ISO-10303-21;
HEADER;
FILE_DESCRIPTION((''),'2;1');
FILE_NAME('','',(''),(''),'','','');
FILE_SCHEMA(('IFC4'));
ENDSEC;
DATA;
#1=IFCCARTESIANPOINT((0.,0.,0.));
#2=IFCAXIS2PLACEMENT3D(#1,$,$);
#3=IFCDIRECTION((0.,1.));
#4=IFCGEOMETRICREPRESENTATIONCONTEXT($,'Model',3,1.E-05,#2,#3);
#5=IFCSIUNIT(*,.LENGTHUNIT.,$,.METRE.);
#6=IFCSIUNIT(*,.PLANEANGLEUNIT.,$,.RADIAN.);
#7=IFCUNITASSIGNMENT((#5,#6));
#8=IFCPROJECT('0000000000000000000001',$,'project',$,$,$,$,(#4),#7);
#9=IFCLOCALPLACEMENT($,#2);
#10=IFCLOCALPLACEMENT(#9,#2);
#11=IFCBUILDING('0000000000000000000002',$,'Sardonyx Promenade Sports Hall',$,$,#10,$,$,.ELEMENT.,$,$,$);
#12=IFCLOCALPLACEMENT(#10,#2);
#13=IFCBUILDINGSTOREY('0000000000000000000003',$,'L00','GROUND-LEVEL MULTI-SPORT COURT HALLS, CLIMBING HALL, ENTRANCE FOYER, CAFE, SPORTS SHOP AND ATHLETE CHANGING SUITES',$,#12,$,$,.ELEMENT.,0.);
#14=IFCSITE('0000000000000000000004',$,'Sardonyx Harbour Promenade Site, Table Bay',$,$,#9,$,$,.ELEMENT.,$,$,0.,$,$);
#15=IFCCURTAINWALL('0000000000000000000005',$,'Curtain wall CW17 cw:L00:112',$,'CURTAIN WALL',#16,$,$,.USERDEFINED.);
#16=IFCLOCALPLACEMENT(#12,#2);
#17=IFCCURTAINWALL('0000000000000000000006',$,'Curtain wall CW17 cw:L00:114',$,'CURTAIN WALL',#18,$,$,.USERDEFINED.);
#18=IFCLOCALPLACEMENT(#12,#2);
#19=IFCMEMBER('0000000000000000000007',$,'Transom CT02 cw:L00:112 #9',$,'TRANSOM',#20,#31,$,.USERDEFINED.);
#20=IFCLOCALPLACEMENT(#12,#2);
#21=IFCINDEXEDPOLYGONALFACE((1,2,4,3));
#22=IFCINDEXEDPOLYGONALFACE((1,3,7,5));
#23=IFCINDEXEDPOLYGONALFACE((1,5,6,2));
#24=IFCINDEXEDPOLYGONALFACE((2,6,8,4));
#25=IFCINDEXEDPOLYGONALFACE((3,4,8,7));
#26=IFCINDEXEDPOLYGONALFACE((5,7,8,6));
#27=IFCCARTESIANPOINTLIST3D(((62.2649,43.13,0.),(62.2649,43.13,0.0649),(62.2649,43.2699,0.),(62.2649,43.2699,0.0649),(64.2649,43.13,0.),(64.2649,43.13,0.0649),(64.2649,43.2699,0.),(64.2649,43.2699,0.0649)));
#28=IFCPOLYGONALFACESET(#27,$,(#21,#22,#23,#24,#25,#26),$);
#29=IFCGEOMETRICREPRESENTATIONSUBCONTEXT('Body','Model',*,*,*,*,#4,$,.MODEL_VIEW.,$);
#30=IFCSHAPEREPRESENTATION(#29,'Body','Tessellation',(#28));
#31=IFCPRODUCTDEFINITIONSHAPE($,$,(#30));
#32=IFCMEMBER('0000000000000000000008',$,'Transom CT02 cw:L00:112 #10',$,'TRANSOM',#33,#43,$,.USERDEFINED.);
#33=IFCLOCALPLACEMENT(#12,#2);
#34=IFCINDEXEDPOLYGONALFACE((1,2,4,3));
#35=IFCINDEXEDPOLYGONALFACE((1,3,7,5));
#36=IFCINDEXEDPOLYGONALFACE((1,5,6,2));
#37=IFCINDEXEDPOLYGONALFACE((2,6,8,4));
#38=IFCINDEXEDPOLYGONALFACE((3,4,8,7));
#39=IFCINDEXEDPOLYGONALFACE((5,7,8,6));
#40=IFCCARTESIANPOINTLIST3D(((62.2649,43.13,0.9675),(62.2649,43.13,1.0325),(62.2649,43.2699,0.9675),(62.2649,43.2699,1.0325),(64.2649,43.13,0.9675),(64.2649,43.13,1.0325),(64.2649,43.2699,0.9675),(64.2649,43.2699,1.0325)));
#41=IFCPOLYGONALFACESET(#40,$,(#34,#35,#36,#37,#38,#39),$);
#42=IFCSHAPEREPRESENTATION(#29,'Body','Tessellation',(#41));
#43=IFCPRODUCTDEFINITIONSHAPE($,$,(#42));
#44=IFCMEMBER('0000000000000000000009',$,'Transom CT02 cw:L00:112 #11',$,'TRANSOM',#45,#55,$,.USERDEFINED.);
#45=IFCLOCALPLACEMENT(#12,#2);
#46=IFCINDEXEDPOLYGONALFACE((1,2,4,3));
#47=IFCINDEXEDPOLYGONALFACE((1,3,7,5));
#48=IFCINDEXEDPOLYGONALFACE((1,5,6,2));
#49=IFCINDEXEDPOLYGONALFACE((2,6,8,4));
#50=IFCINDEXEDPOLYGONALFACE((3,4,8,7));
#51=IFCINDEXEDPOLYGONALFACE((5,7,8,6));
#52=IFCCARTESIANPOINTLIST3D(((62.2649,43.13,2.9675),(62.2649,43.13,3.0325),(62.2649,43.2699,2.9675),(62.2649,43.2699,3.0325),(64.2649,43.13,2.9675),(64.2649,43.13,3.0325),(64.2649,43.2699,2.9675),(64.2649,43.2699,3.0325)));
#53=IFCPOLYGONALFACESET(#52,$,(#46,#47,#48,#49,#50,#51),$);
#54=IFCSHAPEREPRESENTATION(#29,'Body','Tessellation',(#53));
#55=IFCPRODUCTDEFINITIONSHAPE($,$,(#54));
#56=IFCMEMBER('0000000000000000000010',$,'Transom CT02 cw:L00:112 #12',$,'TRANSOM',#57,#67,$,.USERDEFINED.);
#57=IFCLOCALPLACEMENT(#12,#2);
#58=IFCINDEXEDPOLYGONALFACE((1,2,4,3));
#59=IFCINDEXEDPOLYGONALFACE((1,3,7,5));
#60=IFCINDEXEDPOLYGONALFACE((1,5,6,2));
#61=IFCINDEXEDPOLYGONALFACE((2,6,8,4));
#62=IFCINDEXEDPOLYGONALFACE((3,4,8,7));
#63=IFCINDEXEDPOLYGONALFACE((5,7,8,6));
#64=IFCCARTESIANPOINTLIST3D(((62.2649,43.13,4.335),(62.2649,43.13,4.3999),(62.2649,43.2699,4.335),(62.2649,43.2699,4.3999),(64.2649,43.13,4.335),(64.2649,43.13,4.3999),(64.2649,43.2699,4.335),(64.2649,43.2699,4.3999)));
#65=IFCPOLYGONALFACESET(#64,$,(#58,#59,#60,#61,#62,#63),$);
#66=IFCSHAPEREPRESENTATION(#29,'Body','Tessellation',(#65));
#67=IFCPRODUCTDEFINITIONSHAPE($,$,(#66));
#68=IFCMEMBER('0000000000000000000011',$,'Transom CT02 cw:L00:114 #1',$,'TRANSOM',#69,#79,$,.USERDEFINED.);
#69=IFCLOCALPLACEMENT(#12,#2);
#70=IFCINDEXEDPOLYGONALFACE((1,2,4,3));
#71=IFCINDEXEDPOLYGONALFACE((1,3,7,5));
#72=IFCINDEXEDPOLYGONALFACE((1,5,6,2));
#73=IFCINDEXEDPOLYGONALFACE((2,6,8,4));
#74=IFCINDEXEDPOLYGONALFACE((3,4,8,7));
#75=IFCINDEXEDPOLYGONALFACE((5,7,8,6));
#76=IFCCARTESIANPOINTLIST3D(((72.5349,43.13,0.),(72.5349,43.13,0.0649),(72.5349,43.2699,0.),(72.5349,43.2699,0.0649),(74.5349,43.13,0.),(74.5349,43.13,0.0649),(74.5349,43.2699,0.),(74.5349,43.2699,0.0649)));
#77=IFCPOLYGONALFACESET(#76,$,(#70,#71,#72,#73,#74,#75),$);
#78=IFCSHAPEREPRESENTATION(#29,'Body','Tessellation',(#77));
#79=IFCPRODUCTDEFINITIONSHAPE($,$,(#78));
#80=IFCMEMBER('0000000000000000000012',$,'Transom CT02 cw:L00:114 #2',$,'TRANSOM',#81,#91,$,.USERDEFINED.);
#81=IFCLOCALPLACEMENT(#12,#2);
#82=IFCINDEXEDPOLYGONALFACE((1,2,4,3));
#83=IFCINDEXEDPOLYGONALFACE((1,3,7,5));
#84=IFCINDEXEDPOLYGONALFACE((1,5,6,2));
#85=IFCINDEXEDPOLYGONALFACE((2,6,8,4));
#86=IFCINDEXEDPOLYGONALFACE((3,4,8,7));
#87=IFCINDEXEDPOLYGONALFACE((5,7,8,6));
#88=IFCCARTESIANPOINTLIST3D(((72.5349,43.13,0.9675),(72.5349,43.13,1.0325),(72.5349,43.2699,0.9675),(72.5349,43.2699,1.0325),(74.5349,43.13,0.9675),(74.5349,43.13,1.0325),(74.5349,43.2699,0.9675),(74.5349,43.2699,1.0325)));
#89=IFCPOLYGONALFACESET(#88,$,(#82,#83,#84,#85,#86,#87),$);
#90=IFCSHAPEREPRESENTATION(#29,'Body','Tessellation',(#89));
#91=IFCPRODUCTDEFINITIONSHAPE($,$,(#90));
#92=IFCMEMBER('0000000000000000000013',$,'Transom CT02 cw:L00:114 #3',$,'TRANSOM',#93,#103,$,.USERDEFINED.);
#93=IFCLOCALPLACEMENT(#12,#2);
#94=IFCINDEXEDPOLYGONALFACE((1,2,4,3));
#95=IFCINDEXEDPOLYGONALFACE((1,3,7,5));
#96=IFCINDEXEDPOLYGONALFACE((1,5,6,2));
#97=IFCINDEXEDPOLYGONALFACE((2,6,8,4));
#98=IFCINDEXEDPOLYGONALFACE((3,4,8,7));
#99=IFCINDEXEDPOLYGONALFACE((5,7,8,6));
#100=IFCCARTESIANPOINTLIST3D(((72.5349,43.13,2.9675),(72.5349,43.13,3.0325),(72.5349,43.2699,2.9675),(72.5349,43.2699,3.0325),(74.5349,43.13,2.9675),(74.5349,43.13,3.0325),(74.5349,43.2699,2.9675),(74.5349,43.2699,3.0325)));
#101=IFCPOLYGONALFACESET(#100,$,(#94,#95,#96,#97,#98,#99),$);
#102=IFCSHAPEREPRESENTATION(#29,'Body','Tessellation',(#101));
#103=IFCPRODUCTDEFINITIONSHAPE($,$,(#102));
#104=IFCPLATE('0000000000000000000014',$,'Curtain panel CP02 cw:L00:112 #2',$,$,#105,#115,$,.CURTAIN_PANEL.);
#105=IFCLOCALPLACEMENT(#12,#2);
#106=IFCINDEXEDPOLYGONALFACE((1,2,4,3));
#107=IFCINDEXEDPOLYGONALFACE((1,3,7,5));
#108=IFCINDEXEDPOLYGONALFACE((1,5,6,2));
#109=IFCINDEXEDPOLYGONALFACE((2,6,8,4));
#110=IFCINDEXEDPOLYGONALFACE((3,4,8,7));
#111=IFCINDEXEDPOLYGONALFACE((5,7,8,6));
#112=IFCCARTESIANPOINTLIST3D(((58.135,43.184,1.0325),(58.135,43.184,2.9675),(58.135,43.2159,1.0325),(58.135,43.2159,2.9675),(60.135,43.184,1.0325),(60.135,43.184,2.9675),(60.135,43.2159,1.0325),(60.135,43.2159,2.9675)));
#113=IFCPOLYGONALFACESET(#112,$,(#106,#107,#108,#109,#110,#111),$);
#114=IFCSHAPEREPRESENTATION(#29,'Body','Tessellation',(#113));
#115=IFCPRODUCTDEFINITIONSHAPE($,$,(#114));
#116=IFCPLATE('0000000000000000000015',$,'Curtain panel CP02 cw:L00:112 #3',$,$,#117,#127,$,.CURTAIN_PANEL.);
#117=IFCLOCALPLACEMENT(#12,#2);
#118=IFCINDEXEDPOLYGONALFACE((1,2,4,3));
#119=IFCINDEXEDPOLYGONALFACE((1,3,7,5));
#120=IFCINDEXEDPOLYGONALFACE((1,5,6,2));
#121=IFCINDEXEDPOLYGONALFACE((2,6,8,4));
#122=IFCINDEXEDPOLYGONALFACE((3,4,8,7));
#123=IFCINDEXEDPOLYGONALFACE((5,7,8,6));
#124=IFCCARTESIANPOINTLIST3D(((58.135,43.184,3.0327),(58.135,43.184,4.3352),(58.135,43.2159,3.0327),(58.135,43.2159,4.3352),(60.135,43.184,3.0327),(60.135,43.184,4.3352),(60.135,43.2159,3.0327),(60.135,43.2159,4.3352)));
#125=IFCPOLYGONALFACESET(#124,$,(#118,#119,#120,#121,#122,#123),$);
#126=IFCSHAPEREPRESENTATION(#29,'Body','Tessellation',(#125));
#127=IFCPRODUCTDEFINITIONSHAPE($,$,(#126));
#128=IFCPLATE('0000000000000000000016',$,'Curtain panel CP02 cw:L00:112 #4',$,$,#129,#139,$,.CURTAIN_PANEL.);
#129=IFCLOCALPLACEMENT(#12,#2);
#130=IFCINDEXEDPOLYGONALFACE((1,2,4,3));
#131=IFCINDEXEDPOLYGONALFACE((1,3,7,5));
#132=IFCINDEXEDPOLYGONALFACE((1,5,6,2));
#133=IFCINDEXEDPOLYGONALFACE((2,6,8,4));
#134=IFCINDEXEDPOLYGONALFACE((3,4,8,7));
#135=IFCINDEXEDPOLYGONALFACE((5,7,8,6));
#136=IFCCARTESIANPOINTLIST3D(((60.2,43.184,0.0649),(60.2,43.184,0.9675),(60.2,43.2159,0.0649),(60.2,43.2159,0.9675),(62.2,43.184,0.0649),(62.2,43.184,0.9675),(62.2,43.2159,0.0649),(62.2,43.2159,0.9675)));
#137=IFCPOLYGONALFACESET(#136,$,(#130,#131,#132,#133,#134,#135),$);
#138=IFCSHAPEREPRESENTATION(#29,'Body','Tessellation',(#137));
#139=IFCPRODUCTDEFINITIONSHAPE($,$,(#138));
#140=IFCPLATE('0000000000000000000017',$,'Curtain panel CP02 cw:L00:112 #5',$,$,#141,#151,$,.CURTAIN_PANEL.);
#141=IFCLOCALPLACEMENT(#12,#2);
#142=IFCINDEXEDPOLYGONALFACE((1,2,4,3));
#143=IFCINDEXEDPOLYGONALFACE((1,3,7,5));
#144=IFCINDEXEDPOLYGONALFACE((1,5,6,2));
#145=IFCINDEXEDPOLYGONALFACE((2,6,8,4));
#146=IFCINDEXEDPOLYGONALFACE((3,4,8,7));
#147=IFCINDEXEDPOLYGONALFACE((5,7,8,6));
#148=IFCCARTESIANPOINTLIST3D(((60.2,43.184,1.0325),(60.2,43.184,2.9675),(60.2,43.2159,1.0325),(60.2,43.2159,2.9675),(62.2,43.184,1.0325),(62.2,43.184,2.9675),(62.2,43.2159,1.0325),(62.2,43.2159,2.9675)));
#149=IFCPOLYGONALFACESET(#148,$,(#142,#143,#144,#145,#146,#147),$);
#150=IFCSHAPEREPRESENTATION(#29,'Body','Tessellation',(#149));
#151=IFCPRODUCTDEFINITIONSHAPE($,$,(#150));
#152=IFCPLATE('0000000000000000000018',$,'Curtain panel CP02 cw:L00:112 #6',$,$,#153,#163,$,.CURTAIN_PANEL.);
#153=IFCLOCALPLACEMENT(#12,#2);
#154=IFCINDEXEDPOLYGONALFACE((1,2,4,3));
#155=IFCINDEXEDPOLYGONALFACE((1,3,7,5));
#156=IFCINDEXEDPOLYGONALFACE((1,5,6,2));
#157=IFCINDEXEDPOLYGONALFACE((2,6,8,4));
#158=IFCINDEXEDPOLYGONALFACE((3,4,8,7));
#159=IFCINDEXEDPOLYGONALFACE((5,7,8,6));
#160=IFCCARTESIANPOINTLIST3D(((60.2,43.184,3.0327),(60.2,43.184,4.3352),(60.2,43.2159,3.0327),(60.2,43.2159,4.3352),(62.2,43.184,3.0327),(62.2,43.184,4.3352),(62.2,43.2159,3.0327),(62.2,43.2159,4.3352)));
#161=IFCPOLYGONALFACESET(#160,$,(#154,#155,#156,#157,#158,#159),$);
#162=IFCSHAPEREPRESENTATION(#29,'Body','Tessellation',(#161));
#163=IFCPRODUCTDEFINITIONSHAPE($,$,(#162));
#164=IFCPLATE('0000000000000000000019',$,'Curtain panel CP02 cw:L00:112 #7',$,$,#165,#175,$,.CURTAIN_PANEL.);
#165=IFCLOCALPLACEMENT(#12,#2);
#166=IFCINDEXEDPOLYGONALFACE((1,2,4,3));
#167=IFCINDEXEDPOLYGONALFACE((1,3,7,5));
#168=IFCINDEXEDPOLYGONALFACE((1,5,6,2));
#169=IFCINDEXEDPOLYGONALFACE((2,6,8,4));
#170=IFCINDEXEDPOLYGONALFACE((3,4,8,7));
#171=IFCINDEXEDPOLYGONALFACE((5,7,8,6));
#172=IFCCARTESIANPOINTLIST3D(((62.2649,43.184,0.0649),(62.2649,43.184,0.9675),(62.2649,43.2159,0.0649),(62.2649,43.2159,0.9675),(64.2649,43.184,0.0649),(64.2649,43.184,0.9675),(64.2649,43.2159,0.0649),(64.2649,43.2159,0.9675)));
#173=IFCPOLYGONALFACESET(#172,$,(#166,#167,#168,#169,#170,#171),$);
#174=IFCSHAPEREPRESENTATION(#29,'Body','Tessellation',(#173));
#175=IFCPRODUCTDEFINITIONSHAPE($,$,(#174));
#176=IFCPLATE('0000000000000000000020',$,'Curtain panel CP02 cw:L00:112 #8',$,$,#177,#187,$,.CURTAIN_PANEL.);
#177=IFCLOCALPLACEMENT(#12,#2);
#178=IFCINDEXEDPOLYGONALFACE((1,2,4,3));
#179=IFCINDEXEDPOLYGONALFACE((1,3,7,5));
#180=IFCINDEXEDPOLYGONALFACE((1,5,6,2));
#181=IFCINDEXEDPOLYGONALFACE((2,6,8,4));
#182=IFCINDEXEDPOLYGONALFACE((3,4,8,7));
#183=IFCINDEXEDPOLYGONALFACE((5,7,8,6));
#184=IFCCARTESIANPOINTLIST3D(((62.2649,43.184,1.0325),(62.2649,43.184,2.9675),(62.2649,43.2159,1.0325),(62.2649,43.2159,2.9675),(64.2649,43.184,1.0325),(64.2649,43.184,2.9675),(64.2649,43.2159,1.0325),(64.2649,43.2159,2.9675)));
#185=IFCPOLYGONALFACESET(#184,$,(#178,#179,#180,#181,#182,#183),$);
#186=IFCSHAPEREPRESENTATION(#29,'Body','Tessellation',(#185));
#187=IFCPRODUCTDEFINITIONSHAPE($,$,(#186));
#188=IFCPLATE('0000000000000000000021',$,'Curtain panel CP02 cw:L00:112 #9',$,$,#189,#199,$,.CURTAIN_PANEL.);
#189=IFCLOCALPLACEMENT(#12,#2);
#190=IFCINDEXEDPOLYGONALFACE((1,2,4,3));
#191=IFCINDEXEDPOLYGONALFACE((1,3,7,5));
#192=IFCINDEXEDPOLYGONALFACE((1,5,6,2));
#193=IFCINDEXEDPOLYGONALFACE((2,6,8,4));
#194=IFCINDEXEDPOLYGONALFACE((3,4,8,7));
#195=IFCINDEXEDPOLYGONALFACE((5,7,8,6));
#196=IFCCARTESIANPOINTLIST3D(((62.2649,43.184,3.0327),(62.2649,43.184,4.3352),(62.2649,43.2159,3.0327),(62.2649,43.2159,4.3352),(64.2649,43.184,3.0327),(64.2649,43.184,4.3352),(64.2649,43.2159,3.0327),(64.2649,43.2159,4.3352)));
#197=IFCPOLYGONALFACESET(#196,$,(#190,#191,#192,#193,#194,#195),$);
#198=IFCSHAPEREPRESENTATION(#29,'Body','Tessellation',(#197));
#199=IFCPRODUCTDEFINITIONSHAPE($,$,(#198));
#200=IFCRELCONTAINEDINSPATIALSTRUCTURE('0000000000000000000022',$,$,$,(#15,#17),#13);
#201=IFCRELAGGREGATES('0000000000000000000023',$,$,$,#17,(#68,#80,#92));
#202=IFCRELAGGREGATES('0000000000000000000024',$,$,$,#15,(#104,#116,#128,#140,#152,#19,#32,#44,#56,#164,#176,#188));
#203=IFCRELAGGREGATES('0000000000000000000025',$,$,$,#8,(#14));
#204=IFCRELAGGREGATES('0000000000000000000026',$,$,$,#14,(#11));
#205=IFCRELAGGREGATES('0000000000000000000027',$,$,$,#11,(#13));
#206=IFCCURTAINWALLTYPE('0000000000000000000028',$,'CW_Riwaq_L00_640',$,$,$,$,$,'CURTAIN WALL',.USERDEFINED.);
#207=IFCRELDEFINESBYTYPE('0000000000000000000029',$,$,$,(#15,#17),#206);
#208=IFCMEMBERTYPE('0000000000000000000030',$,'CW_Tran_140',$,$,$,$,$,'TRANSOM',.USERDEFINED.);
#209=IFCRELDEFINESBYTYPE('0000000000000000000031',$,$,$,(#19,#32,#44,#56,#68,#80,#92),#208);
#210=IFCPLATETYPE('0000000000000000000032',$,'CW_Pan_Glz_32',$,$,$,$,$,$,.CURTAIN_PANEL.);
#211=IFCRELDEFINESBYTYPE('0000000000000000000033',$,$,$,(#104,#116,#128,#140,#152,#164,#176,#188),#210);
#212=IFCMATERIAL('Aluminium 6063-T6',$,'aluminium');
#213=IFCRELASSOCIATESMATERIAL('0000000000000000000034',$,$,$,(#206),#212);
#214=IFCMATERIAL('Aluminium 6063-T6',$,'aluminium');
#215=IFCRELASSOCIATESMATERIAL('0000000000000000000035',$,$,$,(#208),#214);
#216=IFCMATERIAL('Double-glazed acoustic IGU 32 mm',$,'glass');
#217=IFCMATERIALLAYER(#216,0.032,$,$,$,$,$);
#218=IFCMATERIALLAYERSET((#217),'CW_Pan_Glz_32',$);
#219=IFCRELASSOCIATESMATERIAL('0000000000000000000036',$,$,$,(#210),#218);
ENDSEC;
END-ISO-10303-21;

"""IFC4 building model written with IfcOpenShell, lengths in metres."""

from ifc_helpers import new_model, si_unit, direction, frame, origin, origin_2d, place, context, subcontext, project, spatial, rectangle, extrude, material, layer, layer_set, material_profile, profile_set, type_object, element, aggregate, save


model = new_model("IFC4")

# Units and contexts
model_context = context("Model", 3, precision=1e-05, world=origin(), true_north=direction((0.0, 1.0)))
body_context = subcontext(model_context, "Body", "Model", "MODEL_VIEW")
ifc_project = project(units=[si_unit("LENGTHUNIT", "METRE"), si_unit("PLANEANGLEUNIT", "RADIAN")], contexts=[model_context])

# Site, building, storey
site_placement = place(None, origin())
site = spatial("IfcSite", under=ifc_project, at=site_placement, Name="Sardonyx Harbour Promenade Site, Table Bay", CompositionType="ELEMENT", RefElevation=0.0)
building_placement = place(site_placement, origin())
building = spatial("IfcBuilding", under=site, at=building_placement, Name="Sardonyx Promenade Sports Hall", CompositionType="ELEMENT")
storey_placement = place(building_placement, origin())
storey = spatial("IfcBuildingStorey", under=building, at=storey_placement, Name="L00", Description="GROUND-LEVEL MULTI-SPORT COURT HALLS, CLIMBING HALL, ENTRANCE FOYER, CAFE, SPORTS SHOP AND ATHLETE CHANGING SUITES", CompositionType="ELEMENT", Elevation=0.0)

# Curtain wall
ifc_material_1 = material(Name="Aluminium 6063-T6", Category="aluminium")
curtain_wall_type = type_object("IfcCurtainWallType", Name="CW_Riwaq_L00_640", ElementType="CURTAIN WALL", PredefinedType="USERDEFINED", material=ifc_material_1)
curtain_wall_1_placement = place(storey_placement, origin())
curtain_wall_1 = element("IfcCurtainWall", 1, at=curtain_wall_1_placement, inside=storey, type_object=curtain_wall_type, Name="Curtain wall CW17 cw:L00:112", ObjectType="CURTAIN WALL", PredefinedType="USERDEFINED")

# Curtain wall
curtain_wall_2_placement = place(storey_placement, origin())
curtain_wall_2 = element("IfcCurtainWall", 2, at=curtain_wall_2_placement, inside=storey, type_object=curtain_wall_type, Name="Curtain wall CW17 cw:L00:114", ObjectType="CURTAIN WALL", PredefinedType="USERDEFINED")

# Members
ifc_material_2 = material(Name="Aluminium 6063-T6", Category="aluminium")
ifc_material_profile_1 = material_profile(ifc_material_2, rectangle(XDim=0.0649, YDim=0.1399, at=origin_2d()))
ifc_profile_set_1 = profile_set([ifc_material_profile_1], Name="Aluminium 6063-T6")
member_type_1 = type_object("IfcMemberType", Name="CW_Tran_140", ElementType="TRANSOM", PredefinedType="USERDEFINED", material=ifc_profile_set_1)
member_1_placement = place(storey_placement, frame((62.2649, 43.2, 0.0325), z_axis=(1.0, 0.0, 0.0), x_axis=(0.0, 0.0, 1.0)))
member_1 = element("IfcMember", 3, at=member_1_placement, type_object=member_type_1, Name="Transom CT02 cw:L00:112 #9", ObjectType="TRANSOM", PredefinedType="USERDEFINED", context=body_context, shape_type="SweptSolid", body=[
    extrude(rectangle(XDim=0.0649, YDim=0.1399, at=origin_2d()), origin(), (0.0, 0.0, 1.0), 2.0),
])
member_2_placement = place(storey_placement, frame((62.2649, 43.2, 1.0), z_axis=(1.0, 0.0, 0.0), x_axis=(0.0, 0.0, 1.0)))
member_2 = element("IfcMember", 4, at=member_2_placement, type_object=member_type_1, Name="Transom CT02 cw:L00:112 #10", ObjectType="TRANSOM", PredefinedType="USERDEFINED", context=body_context, shape_type="SweptSolid", body=[
    extrude(rectangle(XDim=0.0649, YDim=0.1399, at=origin_2d()), origin(), (0.0, 0.0, 1.0), 2.0),
])
member_3_placement = place(storey_placement, frame((62.2649, 43.2, 3.0), z_axis=(1.0, 0.0, 0.0), x_axis=(0.0, 0.0, 1.0)))
member_3 = element("IfcMember", 5, at=member_3_placement, type_object=member_type_1, Name="Transom CT02 cw:L00:112 #11", ObjectType="TRANSOM", PredefinedType="USERDEFINED", context=body_context, shape_type="SweptSolid", body=[
    extrude(rectangle(XDim=0.0649, YDim=0.1399, at=origin_2d()), origin(), (0.0, 0.0, 1.0), 2.0),
])
member_4_placement = place(storey_placement, frame((62.2649, 43.2, 4.3674), z_axis=(1.0, 0.0, 0.0), x_axis=(0.0, 0.0, 1.0)))
member_4 = element("IfcMember", 6, at=member_4_placement, type_object=member_type_1, Name="Transom CT02 cw:L00:112 #12", ObjectType="TRANSOM", PredefinedType="USERDEFINED", context=body_context, shape_type="SweptSolid", body=[
    extrude(rectangle(XDim=0.0649, YDim=0.1399, at=origin_2d()), origin(), (0.0, 0.0, 1.0), 2.0),
])
member_5_placement = place(storey_placement, frame((72.5349, 43.2, 0.0325), z_axis=(1.0, 0.0, 0.0), x_axis=(0.0, 0.0, 1.0)))
member_5 = element("IfcMember", 7, at=member_5_placement, type_object=member_type_1, Name="Transom CT02 cw:L00:114 #1", ObjectType="TRANSOM", PredefinedType="USERDEFINED", context=body_context, shape_type="SweptSolid", body=[
    extrude(rectangle(XDim=0.0649, YDim=0.1399, at=origin_2d()), origin(), (0.0, 0.0, 1.0), 2.0),
])
member_6_placement = place(storey_placement, frame((72.5349, 43.2, 1.0), z_axis=(1.0, 0.0, 0.0), x_axis=(0.0, 0.0, 1.0)))
member_6 = element("IfcMember", 8, at=member_6_placement, type_object=member_type_1, Name="Transom CT02 cw:L00:114 #2", ObjectType="TRANSOM", PredefinedType="USERDEFINED", context=body_context, shape_type="SweptSolid", body=[
    extrude(rectangle(XDim=0.0649, YDim=0.1399, at=origin_2d()), origin(), (0.0, 0.0, 1.0), 2.0),
])
member_7_placement = place(storey_placement, frame((72.5349, 43.2, 3.0), z_axis=(1.0, 0.0, 0.0), x_axis=(0.0, 0.0, 1.0)))
member_7 = element("IfcMember", 9, at=member_7_placement, type_object=member_type_1, Name="Transom CT02 cw:L00:114 #3", ObjectType="TRANSOM", PredefinedType="USERDEFINED", context=body_context, shape_type="SweptSolid", body=[
    extrude(rectangle(XDim=0.0649, YDim=0.1399, at=origin_2d()), origin(), (0.0, 0.0, 1.0), 2.0),
])
aggregate(curtain_wall_2, [member_5, member_6, member_7])

# Plates
ifc_material_3 = material(Name="Double-glazed acoustic IGU 32 mm", Category="glass")
ifc_layer_1 = layer(ifc_material_3, 0.032)
ifc_layer_set_1 = layer_set([ifc_layer_1], Name="CW_Pan_Glz_32")
plate_type = type_object("IfcPlateType", Name="CW_Pan_Glz_32", PredefinedType="CURTAIN_PANEL", material=ifc_layer_set_1)
plate_1_placement = place(storey_placement, frame((59.135, 43.2, 1.0325), z_axis=(0.0, 0.0, 1.0), x_axis=(1.0, 0.0, 0.0)))
plate_1 = element("IfcPlate", 10, at=plate_1_placement, type_object=plate_type, Name="Curtain panel CP02 cw:L00:112 #2", PredefinedType="CURTAIN_PANEL", context=body_context, shape_type="SweptSolid", body=[
    extrude(rectangle(XDim=2.0, YDim=0.032, at=origin_2d()), origin(), (0.0, 0.0, 1.0), 1.9351),
])
plate_2_placement = place(storey_placement, frame((59.135, 43.2, 3.0327), z_axis=(0.0, 0.0, 1.0), x_axis=(1.0, 0.0, 0.0)))
plate_2 = element("IfcPlate", 11, at=plate_2_placement, type_object=plate_type, Name="Curtain panel CP02 cw:L00:112 #3", PredefinedType="CURTAIN_PANEL", context=body_context, shape_type="SweptSolid", body=[
    extrude(rectangle(XDim=2.0, YDim=0.032, at=origin_2d()), origin(), (0.0, 0.0, 1.0), 1.3025),
])
plate_3_placement = place(storey_placement, frame((61.2, 43.2, 0.0649), z_axis=(0.0, 0.0, 1.0), x_axis=(1.0, 0.0, 0.0)))
plate_3 = element("IfcPlate", 12, at=plate_3_placement, type_object=plate_type, Name="Curtain panel CP02 cw:L00:112 #4", PredefinedType="CURTAIN_PANEL", context=body_context, shape_type="SweptSolid", body=[
    extrude(rectangle(XDim=2.0, YDim=0.032, at=origin_2d()), origin(), (0.0, 0.0, 1.0), 0.9026),
])
plate_4_placement = place(storey_placement, frame((61.2, 43.2, 1.0325), z_axis=(0.0, 0.0, 1.0), x_axis=(1.0, 0.0, 0.0)))
plate_4 = element("IfcPlate", 13, at=plate_4_placement, type_object=plate_type, Name="Curtain panel CP02 cw:L00:112 #5", PredefinedType="CURTAIN_PANEL", context=body_context, shape_type="SweptSolid", body=[
    extrude(rectangle(XDim=2.0, YDim=0.032, at=origin_2d()), origin(), (0.0, 0.0, 1.0), 1.9351),
])
plate_5_placement = place(storey_placement, frame((61.2, 43.2, 3.0327), z_axis=(0.0, 0.0, 1.0), x_axis=(1.0, 0.0, 0.0)))
plate_5 = element("IfcPlate", 14, at=plate_5_placement, type_object=plate_type, Name="Curtain panel CP02 cw:L00:112 #6", PredefinedType="CURTAIN_PANEL", context=body_context, shape_type="SweptSolid", body=[
    extrude(rectangle(XDim=2.0, YDim=0.032, at=origin_2d()), origin(), (0.0, 0.0, 1.0), 1.3025),
])
plate_6_placement = place(storey_placement, frame((63.2649, 43.2, 0.0649), z_axis=(0.0, 0.0, 1.0), x_axis=(1.0, 0.0, 0.0)))
plate_6 = element("IfcPlate", 15, at=plate_6_placement, type_object=plate_type, Name="Curtain panel CP02 cw:L00:112 #7", PredefinedType="CURTAIN_PANEL", context=body_context, shape_type="SweptSolid", body=[
    extrude(rectangle(XDim=2.0, YDim=0.032, at=origin_2d()), origin(), (0.0, 0.0, 1.0), 0.9026),
])
plate_7_placement = place(storey_placement, frame((63.2649, 43.2, 1.0325), z_axis=(0.0, 0.0, 1.0), x_axis=(1.0, 0.0, 0.0)))
plate_7 = element("IfcPlate", 16, at=plate_7_placement, type_object=plate_type, Name="Curtain panel CP02 cw:L00:112 #8", PredefinedType="CURTAIN_PANEL", context=body_context, shape_type="SweptSolid", body=[
    extrude(rectangle(XDim=2.0, YDim=0.032, at=origin_2d()), origin(), (0.0, 0.0, 1.0), 1.9351),
])
plate_8_placement = place(storey_placement, frame((63.2649, 43.2, 3.0327), z_axis=(0.0, 0.0, 1.0), x_axis=(1.0, 0.0, 0.0)))
plate_8 = element("IfcPlate", 17, at=plate_8_placement, type_object=plate_type, Name="Curtain panel CP02 cw:L00:112 #9", PredefinedType="CURTAIN_PANEL", context=body_context, shape_type="SweptSolid", body=[
    extrude(rectangle(XDim=2.0, YDim=0.032, at=origin_2d()), origin(), (0.0, 0.0, 1.0), 1.3025),
])
aggregate(curtain_wall_1, [plate_1, plate_2, plate_3, plate_4, plate_5, member_1, member_2, member_3, member_4, plate_6, plate_7, plate_8])

save(model, "model.ifc")
